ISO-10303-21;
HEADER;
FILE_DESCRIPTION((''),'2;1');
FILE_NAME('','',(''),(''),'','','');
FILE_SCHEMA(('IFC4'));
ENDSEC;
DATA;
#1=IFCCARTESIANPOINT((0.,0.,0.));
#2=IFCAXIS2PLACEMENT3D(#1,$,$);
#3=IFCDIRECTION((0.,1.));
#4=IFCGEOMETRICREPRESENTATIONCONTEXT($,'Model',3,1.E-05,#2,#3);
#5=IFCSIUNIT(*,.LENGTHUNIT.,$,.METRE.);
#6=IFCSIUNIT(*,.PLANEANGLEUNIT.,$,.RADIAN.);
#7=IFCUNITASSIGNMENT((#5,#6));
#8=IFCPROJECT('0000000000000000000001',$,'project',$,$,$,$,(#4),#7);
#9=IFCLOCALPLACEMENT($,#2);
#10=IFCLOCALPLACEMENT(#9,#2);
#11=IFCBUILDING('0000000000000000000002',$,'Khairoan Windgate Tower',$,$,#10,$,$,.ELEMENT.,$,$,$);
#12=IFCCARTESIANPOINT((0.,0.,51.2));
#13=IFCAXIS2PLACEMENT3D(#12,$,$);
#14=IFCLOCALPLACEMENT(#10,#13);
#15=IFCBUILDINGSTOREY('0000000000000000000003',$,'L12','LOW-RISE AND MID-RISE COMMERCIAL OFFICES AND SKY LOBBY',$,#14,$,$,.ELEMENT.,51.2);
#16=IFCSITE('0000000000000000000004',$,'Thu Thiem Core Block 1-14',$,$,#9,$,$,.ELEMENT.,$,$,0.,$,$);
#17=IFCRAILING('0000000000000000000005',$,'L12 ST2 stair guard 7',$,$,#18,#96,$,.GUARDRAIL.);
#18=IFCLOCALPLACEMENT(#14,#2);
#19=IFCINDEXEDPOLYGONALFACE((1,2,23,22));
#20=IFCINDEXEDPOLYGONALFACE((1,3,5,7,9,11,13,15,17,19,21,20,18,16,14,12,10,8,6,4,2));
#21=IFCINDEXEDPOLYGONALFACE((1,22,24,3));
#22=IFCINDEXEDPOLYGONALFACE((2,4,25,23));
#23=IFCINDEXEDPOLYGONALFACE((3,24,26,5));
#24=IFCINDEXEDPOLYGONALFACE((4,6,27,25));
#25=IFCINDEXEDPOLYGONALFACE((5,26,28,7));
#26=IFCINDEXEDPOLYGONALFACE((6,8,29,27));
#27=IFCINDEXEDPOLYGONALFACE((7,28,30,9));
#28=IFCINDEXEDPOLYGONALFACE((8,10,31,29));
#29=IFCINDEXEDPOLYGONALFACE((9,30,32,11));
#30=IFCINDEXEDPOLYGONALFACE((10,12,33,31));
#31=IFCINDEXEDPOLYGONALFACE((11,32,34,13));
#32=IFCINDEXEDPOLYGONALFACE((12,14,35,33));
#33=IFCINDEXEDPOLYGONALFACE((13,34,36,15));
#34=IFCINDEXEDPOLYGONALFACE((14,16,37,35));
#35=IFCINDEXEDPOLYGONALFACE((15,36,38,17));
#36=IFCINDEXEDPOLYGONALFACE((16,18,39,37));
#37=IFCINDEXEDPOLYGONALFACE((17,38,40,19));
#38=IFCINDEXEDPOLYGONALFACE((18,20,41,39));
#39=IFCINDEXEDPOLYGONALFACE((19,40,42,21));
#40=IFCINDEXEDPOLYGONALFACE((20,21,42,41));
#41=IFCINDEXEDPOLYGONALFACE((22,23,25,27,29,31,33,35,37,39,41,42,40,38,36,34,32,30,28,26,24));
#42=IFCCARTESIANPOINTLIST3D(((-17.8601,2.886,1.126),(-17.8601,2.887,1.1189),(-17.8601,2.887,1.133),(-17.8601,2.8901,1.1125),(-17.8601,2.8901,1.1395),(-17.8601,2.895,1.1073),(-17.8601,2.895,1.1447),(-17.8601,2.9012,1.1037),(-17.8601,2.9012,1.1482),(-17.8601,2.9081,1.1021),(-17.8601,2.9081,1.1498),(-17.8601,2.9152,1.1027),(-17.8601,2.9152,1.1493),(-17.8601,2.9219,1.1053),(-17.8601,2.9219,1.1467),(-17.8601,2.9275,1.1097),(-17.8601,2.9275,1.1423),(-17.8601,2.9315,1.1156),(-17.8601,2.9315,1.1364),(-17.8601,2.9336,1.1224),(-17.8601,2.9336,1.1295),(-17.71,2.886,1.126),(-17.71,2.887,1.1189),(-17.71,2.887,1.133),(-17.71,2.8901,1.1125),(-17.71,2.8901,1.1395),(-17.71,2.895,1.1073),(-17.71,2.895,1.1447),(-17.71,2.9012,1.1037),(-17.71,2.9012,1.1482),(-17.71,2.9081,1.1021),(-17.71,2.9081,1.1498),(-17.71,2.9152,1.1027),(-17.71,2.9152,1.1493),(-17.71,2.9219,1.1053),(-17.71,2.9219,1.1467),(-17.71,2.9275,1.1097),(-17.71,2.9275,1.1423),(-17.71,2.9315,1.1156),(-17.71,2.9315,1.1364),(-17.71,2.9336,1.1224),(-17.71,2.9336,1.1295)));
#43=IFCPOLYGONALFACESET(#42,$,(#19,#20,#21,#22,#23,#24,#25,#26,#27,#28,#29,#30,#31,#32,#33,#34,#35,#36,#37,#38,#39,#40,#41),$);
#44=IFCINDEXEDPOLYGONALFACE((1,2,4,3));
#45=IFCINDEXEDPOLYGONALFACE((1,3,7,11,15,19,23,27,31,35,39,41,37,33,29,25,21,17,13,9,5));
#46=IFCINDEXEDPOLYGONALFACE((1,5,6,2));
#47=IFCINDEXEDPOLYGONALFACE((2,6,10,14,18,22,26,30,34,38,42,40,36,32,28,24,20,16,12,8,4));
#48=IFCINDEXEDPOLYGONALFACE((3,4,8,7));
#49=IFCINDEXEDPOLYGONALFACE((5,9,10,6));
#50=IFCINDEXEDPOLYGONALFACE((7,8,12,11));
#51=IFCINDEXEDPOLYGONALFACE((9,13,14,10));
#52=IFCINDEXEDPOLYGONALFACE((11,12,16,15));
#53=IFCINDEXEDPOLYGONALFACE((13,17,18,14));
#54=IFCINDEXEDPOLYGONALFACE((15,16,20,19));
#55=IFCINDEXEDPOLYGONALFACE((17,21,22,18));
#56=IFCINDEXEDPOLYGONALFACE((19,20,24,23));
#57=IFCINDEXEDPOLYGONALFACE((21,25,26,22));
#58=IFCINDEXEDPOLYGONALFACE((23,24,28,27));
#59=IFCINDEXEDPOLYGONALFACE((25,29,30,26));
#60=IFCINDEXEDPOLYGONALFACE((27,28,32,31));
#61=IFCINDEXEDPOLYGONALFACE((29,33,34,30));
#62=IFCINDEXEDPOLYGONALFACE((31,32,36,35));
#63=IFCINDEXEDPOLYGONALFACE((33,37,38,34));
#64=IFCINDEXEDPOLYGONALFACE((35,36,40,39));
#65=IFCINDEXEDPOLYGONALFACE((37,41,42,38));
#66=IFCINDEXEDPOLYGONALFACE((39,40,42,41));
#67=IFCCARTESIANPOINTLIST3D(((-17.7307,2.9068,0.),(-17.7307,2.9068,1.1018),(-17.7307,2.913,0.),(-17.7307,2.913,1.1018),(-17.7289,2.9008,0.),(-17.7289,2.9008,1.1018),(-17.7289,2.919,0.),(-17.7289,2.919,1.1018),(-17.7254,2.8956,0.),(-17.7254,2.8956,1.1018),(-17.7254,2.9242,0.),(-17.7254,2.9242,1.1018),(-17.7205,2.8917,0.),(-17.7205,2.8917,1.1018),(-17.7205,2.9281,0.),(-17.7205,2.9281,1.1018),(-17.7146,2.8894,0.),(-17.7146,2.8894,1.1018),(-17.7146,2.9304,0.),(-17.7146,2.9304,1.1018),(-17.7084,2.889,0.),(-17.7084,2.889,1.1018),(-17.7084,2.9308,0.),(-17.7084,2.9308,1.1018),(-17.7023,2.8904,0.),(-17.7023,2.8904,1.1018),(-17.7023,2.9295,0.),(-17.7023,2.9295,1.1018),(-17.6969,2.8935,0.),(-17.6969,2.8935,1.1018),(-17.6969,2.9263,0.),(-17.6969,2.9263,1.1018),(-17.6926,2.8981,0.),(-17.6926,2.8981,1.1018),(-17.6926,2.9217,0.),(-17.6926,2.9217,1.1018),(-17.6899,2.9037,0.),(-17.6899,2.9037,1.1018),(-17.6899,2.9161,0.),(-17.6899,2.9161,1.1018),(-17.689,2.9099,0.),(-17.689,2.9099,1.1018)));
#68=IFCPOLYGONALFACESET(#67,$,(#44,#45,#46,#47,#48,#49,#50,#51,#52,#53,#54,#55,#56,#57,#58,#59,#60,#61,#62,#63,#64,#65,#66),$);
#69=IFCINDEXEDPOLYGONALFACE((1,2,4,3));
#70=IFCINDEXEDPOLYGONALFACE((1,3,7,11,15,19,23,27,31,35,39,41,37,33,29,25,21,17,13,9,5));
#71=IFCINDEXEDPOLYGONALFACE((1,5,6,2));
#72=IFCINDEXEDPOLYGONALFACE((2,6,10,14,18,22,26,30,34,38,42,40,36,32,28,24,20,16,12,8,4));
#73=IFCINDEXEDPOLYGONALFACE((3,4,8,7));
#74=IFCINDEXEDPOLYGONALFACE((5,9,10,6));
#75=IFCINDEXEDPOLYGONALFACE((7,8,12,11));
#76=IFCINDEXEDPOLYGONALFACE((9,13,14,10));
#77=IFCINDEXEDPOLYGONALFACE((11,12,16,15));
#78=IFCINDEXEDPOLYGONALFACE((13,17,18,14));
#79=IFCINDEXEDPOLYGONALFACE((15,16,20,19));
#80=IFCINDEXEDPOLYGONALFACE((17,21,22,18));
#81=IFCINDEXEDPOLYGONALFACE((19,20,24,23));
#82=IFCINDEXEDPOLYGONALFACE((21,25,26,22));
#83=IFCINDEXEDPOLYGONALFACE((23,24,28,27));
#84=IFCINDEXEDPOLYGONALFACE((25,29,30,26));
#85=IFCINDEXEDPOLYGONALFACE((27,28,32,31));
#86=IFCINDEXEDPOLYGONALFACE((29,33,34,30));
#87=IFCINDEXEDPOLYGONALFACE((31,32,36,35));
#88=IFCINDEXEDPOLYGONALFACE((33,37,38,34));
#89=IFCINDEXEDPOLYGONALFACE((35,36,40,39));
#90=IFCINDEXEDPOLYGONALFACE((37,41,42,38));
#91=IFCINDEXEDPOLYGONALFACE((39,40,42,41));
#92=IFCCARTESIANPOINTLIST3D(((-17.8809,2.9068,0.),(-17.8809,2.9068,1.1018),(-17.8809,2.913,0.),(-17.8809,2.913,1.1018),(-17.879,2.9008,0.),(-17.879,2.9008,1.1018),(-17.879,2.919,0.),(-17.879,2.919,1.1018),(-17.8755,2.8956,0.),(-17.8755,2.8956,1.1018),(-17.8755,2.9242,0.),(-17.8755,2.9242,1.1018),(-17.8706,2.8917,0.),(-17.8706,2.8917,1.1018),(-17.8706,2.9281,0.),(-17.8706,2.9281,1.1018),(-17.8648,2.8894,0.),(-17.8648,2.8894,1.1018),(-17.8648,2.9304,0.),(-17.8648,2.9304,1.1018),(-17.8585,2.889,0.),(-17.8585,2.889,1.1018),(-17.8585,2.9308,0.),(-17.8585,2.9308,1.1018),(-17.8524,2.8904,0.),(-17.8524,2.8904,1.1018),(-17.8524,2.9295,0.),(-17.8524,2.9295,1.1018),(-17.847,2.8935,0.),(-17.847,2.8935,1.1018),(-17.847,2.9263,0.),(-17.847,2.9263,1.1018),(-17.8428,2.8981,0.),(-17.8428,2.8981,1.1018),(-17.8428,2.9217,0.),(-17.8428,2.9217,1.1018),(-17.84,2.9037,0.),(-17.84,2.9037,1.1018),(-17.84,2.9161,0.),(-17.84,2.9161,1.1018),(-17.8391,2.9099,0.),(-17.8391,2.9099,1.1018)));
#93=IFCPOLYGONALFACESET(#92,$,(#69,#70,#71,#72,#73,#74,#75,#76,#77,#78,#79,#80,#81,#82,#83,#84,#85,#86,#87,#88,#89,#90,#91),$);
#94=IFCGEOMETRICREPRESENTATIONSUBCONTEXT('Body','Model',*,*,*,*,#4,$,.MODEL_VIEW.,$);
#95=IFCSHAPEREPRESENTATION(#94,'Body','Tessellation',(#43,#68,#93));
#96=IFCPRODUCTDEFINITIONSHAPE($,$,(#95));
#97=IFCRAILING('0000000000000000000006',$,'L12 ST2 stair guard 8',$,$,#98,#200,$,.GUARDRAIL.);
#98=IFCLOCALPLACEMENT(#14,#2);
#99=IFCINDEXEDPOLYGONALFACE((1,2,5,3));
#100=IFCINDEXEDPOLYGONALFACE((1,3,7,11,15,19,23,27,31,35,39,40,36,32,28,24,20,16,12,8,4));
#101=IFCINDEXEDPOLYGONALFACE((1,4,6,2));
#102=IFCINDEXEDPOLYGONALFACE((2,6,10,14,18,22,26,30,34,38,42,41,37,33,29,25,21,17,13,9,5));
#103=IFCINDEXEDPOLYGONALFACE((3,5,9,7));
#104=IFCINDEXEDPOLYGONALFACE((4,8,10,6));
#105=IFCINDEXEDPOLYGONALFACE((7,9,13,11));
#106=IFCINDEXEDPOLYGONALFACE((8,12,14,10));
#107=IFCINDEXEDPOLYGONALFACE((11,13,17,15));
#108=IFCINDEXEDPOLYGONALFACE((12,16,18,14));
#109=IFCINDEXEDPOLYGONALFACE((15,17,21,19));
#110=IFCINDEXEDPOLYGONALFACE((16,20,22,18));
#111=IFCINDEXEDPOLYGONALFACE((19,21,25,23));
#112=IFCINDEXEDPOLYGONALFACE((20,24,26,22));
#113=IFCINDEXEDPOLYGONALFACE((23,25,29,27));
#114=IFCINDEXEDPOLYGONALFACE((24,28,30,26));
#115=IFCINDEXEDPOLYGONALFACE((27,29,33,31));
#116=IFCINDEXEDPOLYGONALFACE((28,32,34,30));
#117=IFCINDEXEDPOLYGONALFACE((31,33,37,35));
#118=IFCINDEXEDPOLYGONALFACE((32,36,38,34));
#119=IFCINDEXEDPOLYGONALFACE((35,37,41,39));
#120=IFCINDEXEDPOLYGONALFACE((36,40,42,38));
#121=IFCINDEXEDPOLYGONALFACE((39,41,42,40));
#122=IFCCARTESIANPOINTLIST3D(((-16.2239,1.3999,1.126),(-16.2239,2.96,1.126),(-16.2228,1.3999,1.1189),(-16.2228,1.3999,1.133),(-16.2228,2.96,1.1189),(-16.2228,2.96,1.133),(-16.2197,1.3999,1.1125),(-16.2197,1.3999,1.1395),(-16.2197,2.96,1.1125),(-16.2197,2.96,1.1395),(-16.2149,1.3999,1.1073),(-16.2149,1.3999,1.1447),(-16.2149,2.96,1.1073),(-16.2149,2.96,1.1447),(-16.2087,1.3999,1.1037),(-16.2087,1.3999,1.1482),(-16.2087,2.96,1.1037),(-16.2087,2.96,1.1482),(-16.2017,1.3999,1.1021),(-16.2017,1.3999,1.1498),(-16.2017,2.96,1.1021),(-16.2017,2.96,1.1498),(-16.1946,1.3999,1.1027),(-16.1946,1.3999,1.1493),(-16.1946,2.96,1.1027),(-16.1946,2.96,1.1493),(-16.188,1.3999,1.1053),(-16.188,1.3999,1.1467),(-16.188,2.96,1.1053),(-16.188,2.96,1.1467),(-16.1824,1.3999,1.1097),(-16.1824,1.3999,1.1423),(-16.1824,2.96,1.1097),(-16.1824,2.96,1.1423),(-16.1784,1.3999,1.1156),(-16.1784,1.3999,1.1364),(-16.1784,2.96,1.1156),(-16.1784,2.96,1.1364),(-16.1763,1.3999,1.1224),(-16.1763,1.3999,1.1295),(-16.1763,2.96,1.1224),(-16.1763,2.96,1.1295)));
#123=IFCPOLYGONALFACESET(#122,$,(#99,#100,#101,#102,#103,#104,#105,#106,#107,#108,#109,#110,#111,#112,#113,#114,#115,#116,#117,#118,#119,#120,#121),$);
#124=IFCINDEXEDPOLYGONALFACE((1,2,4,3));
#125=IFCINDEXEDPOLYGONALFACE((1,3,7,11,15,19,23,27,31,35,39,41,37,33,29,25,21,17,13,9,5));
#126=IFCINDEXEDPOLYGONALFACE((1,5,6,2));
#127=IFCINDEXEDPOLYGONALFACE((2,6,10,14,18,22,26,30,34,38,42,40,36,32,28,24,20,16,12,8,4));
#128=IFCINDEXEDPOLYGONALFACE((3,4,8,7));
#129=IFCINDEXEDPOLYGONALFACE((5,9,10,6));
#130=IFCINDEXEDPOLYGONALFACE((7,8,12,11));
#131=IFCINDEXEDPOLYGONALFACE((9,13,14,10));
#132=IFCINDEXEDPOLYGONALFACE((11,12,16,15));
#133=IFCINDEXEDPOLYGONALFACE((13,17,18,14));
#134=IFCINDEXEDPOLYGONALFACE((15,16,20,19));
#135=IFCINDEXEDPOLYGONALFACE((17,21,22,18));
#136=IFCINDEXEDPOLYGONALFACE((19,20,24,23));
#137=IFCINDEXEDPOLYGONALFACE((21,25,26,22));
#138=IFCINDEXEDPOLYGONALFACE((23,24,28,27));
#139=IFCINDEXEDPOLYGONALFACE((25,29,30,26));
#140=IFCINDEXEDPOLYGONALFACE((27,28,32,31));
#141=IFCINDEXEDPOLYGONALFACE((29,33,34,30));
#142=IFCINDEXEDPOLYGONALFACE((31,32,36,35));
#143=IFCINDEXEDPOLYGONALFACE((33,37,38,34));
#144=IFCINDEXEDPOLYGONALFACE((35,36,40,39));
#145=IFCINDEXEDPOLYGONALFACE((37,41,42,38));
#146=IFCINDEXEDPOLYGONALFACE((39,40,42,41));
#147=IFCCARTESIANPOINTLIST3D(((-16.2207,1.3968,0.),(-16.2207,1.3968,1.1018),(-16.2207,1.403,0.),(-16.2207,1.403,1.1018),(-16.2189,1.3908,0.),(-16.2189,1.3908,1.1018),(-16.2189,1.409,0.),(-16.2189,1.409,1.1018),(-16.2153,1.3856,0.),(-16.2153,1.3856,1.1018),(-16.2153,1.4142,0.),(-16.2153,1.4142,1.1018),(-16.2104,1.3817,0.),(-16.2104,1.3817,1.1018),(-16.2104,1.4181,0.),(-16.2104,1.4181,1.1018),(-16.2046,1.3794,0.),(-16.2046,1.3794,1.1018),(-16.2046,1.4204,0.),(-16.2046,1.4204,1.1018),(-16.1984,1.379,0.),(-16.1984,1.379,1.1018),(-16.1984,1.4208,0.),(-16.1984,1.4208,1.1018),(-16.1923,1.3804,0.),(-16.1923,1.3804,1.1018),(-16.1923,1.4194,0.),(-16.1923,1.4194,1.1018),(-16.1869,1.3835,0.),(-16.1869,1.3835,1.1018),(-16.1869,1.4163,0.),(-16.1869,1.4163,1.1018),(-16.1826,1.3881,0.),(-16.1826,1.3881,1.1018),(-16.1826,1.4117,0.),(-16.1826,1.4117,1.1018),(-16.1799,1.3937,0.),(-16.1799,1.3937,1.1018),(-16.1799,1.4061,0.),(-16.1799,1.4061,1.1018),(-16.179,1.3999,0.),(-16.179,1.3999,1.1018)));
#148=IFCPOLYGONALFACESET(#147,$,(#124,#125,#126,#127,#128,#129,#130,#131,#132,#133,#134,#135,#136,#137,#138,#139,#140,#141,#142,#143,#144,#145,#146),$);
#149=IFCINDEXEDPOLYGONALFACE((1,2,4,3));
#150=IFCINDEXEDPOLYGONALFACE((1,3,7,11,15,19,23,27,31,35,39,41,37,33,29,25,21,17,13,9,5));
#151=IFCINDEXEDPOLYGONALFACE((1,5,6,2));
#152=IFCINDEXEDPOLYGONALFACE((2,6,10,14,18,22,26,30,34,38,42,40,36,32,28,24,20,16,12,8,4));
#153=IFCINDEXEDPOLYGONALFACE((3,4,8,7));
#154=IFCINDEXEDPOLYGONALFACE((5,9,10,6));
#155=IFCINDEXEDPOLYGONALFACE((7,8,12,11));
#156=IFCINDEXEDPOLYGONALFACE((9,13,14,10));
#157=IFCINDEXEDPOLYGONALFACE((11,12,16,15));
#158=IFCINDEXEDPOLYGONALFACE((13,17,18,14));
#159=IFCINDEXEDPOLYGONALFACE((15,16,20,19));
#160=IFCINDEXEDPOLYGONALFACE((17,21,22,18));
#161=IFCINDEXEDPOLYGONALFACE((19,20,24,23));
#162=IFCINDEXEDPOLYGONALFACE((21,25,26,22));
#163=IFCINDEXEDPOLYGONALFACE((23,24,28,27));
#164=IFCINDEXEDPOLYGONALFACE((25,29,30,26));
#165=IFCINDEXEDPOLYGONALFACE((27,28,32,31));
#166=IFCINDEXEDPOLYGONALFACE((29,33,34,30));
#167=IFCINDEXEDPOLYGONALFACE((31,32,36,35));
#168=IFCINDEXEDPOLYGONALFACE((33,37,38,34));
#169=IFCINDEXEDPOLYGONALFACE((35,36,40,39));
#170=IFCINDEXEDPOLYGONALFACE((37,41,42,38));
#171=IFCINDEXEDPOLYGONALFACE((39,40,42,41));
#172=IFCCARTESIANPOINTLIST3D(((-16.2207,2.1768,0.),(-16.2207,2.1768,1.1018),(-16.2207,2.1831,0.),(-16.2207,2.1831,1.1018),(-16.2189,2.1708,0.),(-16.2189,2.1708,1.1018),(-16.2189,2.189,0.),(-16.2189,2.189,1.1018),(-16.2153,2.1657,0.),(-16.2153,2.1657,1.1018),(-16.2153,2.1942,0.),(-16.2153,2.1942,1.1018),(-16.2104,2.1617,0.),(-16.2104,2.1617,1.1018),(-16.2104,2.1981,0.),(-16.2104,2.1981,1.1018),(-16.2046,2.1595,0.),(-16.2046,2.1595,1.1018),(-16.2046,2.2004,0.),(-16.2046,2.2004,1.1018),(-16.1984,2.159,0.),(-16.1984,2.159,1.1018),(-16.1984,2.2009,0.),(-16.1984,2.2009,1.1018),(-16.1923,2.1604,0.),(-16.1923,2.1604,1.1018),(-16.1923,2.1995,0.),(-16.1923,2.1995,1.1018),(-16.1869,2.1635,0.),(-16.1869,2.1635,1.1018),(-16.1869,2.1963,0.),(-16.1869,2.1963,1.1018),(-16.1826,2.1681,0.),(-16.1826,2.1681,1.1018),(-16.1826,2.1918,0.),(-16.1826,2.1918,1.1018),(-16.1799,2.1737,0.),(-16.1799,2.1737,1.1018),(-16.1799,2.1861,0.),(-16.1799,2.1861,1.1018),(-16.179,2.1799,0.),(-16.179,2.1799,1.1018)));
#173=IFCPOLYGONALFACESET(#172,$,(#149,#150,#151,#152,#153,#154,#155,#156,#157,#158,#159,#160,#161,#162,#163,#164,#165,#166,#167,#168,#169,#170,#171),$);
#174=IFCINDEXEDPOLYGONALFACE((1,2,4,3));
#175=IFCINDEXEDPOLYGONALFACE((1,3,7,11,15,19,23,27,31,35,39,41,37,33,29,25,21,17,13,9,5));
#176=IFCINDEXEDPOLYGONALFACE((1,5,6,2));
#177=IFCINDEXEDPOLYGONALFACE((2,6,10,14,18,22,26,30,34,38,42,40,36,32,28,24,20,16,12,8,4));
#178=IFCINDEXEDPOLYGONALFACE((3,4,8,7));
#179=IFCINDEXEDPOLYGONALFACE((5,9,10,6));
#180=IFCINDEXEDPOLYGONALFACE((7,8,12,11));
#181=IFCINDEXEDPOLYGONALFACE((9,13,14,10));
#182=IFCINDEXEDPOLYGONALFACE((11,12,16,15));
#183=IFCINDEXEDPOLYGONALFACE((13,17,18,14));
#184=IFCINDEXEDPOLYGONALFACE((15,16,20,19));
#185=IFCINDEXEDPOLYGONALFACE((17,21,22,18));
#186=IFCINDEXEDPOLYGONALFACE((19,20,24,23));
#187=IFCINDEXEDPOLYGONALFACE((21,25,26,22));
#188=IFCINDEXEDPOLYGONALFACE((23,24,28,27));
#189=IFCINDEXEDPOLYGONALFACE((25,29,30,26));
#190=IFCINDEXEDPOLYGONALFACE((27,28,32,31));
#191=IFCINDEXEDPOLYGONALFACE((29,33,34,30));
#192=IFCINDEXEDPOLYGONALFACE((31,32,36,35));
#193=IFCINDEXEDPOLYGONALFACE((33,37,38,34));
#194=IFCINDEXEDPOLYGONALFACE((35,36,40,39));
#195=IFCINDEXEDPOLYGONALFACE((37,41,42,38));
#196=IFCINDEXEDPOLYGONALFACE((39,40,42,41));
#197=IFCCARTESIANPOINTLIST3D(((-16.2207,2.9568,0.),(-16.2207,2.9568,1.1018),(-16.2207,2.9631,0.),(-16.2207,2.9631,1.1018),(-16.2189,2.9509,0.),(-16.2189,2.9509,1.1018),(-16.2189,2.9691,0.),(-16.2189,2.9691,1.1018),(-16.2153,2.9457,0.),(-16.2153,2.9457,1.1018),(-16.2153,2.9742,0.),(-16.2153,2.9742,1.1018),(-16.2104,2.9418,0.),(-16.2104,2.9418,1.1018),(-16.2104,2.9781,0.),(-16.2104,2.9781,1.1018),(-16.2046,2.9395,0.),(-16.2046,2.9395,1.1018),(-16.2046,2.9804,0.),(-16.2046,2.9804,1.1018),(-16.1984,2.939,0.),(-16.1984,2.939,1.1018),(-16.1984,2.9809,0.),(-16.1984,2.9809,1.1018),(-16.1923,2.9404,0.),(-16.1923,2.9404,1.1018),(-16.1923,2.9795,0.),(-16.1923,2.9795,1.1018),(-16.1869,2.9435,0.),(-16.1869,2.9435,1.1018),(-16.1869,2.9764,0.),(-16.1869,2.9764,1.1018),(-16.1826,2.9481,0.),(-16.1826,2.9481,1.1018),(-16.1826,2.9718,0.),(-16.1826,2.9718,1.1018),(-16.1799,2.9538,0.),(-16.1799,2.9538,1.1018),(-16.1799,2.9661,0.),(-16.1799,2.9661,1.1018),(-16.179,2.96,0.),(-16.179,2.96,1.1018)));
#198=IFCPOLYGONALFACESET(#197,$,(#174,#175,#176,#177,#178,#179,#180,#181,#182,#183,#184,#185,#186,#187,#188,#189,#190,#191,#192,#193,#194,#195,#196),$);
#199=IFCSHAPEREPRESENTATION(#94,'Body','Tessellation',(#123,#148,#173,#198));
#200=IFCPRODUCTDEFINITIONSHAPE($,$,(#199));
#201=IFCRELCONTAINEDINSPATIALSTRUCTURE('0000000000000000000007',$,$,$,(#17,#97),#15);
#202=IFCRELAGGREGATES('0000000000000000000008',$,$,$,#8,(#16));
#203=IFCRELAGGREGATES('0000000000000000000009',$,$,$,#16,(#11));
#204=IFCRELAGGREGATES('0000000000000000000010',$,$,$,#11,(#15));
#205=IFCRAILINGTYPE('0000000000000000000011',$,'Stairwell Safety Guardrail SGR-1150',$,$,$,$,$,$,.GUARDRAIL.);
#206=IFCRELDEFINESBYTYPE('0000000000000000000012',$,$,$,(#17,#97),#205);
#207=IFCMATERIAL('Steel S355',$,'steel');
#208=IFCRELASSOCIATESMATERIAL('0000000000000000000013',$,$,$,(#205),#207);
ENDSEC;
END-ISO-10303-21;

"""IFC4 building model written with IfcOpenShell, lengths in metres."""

from ifc_helpers import new_model, si_unit, direction, frame, origin, origin_2d, place, context, subcontext, project, spatial, circle, extrude, material, type_object, element, save


model = new_model("IFC4")

# Units and contexts
model_context = context("Model", 3, precision=1e-05, world=origin(), true_north=direction((0.0, 1.0)))
body_context = subcontext(model_context, "Body", "Model", "MODEL_VIEW")
ifc_project = project(units=[si_unit("LENGTHUNIT", "METRE"), si_unit("PLANEANGLEUNIT", "RADIAN")], contexts=[model_context])

# Site, building, storey
site_placement = place(None, origin())
site = spatial("IfcSite", under=ifc_project, at=site_placement, Name="Thu Thiem Core Block 1-14", CompositionType="ELEMENT", RefElevation=0.0)
building_placement = place(site_placement, origin())
building = spatial("IfcBuilding", under=site, at=building_placement, Name="Khairoan Windgate Tower", CompositionType="ELEMENT")
storey_placement = place(building_placement, frame((0.0, 0.0, 51.2)))
storey = spatial("IfcBuildingStorey", under=building, at=storey_placement, Name="L12", Description="LOW-RISE AND MID-RISE COMMERCIAL OFFICES AND SKY LOBBY", CompositionType="ELEMENT", Elevation=51.2)

# Railings
ifc_material_1 = material(Name="Steel S355", Category="steel")
railing_type_1 = type_object("IfcRailingType", Name="Stairwell Safety Guardrail SGR-1150", PredefinedType="GUARDRAIL", material=ifc_material_1)
railing_1_placement = place(storey_placement, frame((-17.71, 2.9099, 0.0)))
element("IfcRailing", 1, at=railing_1_placement, inside=storey, type_object=railing_type_1, Name="L12 ST2 stair guard 7", PredefinedType="GUARDRAIL", context=body_context, shape_type="SweptSolid", body=[
    extrude(circle(Radius=0.0239, at=origin_2d()), frame((0.0, 0.0, 1.126), z_axis=(-1.0, 0.0, 0.0), x_axis=(0.0, -1.0, 0.0)), (0.0, 0.0, 1.0), 0.1501),
    extrude(circle(Radius=0.021, at=origin_2d()), origin(), (0.0, 0.0, 1.0), 1.1018),
    extrude(circle(Radius=0.021, at=origin_2d()), frame((-0.1501, 0.0, 0.0)), (0.0, 0.0, 1.0), 1.1018),
])
for number, where, name in (
    (2, (-16.2, 1.3999, 0.0), "L12 ST2 stair guard 8"),
):
    element("IfcRailing", number, at=place(storey_placement, frame(where)), inside=storey, type_object=railing_type_1, Name=name, PredefinedType="GUARDRAIL", context=body_context, shape_type="SweptSolid", body=[
        extrude(circle(Radius=0.0239, at=origin_2d()), frame((0.0, 0.0, 1.126), z_axis=(0.0, 1.0, 0.0), x_axis=(-1.0, 0.0, 0.0)), (0.0, 0.0, 1.0), 1.5601),
        extrude(circle(Radius=0.021, at=origin_2d()), origin(), (0.0, 0.0, 1.0), 1.1018),
        extrude(circle(Radius=0.021, at=origin_2d()), frame((0.0, 0.78, 0.0)), (0.0, 0.0, 1.0), 1.1018),
        extrude(circle(Radius=0.021, at=origin_2d()), frame((0.0, 1.5601, 0.0)), (0.0, 0.0, 1.0), 1.1018),
    ])

save(model, "model.ifc")
